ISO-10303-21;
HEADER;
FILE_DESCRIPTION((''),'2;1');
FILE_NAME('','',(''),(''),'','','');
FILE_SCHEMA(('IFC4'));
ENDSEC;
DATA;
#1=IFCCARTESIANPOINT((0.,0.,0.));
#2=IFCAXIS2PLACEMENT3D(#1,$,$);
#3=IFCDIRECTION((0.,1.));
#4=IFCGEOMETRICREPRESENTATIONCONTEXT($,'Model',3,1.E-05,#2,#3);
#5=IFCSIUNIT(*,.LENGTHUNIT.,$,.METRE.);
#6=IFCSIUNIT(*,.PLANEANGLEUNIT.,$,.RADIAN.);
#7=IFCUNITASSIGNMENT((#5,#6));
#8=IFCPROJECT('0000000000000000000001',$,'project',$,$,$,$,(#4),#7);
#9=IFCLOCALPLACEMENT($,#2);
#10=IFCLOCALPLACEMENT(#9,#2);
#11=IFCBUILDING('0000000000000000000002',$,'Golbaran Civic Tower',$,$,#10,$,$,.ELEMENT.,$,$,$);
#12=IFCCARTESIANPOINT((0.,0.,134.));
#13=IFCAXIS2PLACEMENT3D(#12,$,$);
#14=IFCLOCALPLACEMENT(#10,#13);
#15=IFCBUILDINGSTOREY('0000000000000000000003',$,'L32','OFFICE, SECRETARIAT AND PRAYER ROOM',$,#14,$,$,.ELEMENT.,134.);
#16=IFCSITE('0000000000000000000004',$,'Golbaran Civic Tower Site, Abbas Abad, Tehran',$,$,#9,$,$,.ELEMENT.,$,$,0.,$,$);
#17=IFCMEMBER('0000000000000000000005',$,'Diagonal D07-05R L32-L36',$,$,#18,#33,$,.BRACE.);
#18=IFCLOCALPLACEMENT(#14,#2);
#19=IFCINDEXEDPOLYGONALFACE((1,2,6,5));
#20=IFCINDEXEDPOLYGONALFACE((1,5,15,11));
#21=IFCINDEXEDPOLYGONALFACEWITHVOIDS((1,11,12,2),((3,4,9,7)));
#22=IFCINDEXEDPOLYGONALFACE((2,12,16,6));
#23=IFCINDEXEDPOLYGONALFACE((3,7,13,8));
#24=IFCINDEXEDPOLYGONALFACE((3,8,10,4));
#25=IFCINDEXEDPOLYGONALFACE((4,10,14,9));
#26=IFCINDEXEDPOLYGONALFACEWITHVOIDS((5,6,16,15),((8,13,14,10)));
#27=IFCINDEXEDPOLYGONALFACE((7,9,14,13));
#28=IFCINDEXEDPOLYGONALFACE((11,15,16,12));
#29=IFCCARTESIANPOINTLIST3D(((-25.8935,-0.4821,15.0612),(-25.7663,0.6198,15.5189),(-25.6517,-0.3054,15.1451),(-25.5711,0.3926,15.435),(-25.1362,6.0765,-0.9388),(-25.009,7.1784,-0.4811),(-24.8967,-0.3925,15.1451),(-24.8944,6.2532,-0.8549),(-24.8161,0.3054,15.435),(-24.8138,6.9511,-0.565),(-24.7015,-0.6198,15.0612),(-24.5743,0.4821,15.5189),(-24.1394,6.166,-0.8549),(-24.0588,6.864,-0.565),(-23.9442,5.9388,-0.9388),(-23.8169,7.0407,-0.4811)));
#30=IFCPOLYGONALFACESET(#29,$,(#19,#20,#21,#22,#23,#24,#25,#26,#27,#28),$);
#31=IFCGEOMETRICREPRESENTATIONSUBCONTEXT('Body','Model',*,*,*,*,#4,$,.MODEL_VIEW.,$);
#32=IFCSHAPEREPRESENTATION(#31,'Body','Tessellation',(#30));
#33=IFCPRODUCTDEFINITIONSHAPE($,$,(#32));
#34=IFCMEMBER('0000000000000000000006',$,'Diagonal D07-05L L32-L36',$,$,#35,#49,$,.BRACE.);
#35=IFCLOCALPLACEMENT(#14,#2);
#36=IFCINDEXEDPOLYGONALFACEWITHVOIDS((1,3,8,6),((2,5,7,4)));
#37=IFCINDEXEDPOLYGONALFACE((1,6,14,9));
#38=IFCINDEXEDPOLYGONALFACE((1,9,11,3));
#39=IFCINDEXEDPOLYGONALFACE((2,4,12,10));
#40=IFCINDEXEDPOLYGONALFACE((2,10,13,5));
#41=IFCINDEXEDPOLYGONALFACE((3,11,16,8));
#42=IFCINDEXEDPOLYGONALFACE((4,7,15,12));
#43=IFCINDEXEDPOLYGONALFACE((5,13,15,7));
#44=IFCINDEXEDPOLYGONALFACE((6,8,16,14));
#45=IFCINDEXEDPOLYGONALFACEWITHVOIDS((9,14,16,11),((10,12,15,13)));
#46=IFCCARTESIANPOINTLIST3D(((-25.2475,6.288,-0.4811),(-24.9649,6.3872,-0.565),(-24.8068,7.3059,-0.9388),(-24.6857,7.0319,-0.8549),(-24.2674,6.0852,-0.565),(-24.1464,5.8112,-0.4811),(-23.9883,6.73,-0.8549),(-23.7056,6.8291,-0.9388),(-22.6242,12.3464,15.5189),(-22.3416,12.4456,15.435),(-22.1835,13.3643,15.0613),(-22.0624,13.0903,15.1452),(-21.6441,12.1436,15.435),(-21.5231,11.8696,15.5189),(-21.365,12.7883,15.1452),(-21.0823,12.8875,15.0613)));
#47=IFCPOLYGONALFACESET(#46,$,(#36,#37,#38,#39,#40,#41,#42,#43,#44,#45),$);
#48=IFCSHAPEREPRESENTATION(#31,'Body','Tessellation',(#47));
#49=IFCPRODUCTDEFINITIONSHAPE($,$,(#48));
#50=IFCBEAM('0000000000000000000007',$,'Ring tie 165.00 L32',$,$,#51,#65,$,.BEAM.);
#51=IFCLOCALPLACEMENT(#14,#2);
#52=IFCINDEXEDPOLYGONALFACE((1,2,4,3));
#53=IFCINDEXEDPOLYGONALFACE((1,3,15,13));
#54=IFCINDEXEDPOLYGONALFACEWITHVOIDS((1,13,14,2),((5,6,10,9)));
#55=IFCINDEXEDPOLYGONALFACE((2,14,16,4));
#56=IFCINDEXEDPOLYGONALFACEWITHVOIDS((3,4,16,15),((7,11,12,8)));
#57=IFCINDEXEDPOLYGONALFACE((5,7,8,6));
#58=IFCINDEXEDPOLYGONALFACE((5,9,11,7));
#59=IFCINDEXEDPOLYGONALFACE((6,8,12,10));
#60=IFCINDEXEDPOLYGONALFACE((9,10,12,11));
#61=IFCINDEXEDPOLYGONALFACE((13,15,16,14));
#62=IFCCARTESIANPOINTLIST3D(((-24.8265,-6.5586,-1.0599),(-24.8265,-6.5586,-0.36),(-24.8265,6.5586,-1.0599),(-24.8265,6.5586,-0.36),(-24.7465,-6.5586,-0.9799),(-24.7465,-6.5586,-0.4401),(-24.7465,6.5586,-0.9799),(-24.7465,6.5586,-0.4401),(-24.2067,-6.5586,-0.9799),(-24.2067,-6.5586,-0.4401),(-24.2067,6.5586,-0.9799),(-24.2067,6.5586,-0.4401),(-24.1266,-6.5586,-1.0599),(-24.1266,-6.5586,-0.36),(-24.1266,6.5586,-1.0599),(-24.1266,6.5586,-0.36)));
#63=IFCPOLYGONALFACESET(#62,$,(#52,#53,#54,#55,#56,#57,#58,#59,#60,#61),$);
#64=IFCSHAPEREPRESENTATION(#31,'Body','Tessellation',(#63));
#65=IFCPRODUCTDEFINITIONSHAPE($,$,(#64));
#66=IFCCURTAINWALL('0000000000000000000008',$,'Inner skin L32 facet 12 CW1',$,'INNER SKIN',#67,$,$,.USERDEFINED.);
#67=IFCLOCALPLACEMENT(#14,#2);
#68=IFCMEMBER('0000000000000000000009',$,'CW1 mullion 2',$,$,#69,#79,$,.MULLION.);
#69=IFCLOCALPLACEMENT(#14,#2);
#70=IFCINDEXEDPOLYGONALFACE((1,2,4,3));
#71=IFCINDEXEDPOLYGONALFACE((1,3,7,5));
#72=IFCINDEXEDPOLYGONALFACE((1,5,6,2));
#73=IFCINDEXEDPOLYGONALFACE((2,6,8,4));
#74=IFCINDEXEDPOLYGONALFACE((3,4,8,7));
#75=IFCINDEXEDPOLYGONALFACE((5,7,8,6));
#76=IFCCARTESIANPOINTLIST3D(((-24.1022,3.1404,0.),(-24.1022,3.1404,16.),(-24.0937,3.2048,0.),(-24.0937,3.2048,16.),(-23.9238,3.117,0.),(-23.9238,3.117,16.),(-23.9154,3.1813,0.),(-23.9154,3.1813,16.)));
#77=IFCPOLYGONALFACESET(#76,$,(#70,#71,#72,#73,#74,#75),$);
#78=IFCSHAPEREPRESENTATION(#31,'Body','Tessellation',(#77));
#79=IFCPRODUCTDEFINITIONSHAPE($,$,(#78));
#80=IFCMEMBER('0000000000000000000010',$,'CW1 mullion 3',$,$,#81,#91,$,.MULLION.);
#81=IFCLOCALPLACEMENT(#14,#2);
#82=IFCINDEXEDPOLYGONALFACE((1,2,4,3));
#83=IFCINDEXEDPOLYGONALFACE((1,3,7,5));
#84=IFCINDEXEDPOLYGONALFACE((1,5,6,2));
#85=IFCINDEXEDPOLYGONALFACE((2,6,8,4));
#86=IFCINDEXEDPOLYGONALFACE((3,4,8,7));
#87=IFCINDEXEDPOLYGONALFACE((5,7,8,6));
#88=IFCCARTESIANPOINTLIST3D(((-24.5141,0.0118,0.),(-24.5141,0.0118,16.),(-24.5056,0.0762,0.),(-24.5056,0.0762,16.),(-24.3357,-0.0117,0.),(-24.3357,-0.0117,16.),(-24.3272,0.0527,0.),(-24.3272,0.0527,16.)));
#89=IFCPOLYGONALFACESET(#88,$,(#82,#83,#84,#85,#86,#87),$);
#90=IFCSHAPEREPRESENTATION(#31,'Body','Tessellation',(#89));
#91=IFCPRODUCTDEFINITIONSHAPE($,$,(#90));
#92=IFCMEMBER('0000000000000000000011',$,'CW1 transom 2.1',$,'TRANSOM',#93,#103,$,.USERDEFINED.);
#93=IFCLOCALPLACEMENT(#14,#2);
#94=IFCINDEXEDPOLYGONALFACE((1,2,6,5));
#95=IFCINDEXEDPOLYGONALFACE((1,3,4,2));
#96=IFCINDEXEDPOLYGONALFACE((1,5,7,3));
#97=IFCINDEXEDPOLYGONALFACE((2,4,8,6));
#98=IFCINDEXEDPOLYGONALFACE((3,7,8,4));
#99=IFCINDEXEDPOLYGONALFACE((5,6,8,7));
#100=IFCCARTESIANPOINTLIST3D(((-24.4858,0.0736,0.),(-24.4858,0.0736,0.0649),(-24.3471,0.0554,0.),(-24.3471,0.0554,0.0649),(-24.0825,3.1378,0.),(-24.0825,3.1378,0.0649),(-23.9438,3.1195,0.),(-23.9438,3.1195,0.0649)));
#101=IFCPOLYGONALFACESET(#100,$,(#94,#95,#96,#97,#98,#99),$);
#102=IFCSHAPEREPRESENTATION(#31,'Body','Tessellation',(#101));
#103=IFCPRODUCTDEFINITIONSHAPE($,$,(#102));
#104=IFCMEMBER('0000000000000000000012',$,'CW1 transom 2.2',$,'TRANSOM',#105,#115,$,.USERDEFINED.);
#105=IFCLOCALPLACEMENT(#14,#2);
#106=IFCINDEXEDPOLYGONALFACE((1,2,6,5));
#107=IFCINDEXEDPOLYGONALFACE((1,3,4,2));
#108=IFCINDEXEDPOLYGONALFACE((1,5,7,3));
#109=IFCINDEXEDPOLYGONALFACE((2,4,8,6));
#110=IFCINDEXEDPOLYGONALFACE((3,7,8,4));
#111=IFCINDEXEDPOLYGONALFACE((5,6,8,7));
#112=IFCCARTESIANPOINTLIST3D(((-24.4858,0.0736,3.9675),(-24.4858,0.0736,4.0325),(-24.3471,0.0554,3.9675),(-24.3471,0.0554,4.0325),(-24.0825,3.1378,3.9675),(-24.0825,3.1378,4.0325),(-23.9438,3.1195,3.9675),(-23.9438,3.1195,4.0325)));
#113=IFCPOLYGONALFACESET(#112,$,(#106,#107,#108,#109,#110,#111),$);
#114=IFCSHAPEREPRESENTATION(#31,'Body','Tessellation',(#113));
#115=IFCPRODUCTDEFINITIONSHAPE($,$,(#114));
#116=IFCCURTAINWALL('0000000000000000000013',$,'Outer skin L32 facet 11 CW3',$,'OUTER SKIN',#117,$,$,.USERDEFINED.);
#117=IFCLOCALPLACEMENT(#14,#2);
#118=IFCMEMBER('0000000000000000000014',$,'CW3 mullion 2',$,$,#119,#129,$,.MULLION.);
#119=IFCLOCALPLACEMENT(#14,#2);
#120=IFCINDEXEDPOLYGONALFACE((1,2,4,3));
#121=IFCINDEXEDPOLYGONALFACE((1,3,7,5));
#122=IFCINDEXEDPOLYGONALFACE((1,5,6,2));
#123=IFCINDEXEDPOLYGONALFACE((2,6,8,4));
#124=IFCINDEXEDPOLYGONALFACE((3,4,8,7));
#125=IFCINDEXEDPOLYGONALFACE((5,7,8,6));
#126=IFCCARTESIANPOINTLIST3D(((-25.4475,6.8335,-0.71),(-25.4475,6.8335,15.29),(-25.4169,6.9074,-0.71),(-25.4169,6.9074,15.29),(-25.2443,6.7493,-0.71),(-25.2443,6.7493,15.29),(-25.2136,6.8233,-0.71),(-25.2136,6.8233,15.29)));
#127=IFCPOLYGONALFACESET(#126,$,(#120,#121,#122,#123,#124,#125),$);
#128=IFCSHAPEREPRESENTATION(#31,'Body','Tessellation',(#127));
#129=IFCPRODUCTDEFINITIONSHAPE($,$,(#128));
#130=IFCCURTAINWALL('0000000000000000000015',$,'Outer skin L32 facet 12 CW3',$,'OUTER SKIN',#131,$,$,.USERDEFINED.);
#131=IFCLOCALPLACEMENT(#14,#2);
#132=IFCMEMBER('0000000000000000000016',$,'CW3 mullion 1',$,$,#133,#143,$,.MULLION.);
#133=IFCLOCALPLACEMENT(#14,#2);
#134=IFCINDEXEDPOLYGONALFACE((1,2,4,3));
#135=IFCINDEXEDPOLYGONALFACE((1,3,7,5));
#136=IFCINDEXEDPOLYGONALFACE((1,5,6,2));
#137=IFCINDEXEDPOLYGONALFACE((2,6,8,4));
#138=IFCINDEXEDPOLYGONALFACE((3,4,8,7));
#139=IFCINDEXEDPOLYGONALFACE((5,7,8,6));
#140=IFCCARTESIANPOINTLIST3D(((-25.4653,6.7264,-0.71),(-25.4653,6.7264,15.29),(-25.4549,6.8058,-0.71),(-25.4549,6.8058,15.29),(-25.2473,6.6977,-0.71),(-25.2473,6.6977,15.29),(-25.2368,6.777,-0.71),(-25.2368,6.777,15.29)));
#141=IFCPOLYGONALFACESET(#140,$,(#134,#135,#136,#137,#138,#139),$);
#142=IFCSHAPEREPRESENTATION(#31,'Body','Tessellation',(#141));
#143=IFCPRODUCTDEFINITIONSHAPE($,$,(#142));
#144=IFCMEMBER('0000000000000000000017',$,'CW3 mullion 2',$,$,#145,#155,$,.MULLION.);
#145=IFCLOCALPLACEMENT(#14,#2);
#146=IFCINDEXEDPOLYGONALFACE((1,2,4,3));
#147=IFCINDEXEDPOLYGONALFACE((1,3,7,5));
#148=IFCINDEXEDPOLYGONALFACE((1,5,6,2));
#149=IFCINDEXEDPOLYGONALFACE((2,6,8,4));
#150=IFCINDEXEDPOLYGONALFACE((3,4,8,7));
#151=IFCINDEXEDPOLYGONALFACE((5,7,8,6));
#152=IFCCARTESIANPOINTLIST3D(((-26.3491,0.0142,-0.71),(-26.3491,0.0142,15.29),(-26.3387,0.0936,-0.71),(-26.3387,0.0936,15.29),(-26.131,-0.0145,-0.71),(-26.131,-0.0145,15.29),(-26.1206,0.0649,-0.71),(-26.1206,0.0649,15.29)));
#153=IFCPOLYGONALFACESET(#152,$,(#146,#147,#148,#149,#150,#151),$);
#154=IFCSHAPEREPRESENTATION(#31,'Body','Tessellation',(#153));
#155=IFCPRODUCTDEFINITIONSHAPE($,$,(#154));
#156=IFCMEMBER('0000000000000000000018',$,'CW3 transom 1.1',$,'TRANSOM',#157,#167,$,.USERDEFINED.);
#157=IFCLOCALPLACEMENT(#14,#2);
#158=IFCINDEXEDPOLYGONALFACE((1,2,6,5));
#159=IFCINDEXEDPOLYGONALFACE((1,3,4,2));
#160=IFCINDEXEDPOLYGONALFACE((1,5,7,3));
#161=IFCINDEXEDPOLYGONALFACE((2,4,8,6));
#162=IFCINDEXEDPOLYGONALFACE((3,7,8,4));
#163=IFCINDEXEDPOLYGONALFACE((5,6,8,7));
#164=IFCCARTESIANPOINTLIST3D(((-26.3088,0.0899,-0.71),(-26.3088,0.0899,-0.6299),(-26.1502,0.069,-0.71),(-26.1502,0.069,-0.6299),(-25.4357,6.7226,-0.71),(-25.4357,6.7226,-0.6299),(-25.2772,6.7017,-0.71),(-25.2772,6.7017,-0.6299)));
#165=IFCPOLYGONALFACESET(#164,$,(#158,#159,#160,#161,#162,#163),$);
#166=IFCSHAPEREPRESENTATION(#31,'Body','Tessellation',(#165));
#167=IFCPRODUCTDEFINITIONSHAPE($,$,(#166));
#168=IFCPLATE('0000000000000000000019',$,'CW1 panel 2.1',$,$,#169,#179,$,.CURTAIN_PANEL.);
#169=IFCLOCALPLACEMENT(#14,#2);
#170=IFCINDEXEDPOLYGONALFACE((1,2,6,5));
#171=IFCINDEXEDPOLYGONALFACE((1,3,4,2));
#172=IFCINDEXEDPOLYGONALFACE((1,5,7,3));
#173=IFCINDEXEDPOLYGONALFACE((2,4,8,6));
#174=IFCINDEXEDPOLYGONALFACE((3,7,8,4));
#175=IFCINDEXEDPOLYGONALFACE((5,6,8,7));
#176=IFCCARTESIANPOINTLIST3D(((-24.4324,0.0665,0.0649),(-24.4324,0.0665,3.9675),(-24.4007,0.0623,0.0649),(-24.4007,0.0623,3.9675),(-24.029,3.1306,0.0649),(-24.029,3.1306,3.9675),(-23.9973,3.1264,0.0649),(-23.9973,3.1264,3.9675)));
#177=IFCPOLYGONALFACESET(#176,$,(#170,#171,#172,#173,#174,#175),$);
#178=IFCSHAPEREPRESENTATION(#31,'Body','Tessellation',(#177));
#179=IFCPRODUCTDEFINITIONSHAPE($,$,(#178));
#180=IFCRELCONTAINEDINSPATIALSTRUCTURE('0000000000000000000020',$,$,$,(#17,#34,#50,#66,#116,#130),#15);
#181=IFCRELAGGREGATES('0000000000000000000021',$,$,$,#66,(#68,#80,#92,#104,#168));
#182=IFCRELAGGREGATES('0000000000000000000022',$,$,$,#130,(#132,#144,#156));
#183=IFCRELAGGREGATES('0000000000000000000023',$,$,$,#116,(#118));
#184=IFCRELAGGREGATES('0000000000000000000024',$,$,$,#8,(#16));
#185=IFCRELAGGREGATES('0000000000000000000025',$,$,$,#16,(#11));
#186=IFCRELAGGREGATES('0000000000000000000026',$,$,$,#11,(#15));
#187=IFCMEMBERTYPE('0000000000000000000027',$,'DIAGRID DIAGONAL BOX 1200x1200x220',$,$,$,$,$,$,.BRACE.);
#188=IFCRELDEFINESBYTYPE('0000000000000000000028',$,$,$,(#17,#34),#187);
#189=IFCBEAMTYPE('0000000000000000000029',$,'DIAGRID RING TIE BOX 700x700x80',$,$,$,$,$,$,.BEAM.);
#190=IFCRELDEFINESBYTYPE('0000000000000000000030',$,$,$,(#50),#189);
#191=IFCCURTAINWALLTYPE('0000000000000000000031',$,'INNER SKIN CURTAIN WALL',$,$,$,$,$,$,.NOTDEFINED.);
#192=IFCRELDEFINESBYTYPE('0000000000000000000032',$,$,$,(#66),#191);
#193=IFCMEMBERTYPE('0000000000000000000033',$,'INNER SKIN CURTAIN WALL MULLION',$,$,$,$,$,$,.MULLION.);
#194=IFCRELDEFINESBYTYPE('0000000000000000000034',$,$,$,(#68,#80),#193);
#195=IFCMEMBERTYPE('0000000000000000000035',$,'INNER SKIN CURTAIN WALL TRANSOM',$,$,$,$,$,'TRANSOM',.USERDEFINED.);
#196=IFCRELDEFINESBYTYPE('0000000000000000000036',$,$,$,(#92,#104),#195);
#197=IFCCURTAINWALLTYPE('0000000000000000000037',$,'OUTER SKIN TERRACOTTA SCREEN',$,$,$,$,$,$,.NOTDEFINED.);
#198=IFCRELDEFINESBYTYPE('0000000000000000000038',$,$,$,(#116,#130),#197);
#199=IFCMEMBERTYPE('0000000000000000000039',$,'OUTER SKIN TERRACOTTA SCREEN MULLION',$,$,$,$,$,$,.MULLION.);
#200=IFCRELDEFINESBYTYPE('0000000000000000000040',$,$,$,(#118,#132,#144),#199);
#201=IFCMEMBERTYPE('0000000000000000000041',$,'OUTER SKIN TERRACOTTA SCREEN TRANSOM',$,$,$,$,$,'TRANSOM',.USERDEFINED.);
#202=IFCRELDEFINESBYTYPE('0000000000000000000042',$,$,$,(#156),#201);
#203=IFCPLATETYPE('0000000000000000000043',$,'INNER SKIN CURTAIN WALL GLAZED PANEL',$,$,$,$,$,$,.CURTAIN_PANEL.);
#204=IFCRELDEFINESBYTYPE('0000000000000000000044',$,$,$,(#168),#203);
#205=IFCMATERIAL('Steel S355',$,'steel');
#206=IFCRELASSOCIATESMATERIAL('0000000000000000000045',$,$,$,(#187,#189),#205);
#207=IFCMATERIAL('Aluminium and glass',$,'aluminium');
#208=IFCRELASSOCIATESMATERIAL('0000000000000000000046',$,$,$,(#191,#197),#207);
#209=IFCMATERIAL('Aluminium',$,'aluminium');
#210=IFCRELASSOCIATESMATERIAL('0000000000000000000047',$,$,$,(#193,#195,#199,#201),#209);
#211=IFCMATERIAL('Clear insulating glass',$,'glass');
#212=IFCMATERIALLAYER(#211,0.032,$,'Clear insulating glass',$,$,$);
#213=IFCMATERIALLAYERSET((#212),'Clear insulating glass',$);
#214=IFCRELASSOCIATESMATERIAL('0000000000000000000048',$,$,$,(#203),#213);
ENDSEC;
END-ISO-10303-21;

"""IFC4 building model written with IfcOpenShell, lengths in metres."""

from ifc_helpers import new_model, si_unit, direction, frame, origin, origin_2d, place, context, subcontext, project, spatial, rectangle, hollow_rectangle, extrude, material, layer, layer_set, material_profile, profile_set, type_object, element, aggregate, save


model = new_model("IFC4")

# Units and contexts
model_context = context("Model", 3, precision=1e-05, world=origin(), true_north=direction((0.0, 1.0)))
body_context = subcontext(model_context, "Body", "Model", "MODEL_VIEW")
ifc_project = project(units=[si_unit("LENGTHUNIT", "METRE"), si_unit("PLANEANGLEUNIT", "RADIAN")], contexts=[model_context])

# Site, building, storey
site_placement = place(None, origin())
site = spatial("IfcSite", under=ifc_project, at=site_placement, Name="Golbaran Civic Tower Site, Abbas Abad, Tehran", CompositionType="ELEMENT", RefElevation=0.0)
building_placement = place(site_placement, origin())
building = spatial("IfcBuilding", under=site, at=building_placement, Name="Golbaran Civic Tower", CompositionType="ELEMENT")
storey_placement = place(building_placement, frame((0.0, 0.0, 134.0)))
storey = spatial("IfcBuildingStorey", under=building, at=storey_placement, Name="L32", Description="OFFICE, SECRETARIAT AND PRAYER ROOM", CompositionType="ELEMENT", Elevation=134.0)

# Members
ifc_material_1 = material(Name="Steel S355", Category="steel")
ifc_material_profile_1 = material_profile(ifc_material_1, hollow_rectangle(XDim=1.2, YDim=1.2, WallThickness=0.22, at=origin_2d()), Name="BOX 1200x1200x220")
ifc_profile_set_1 = profile_set([ifc_material_profile_1], Name="Steel S355")
member_type_1 = type_object("IfcMemberType", Name="DIAGRID DIAGONAL BOX 1200x1200x220", PredefinedType="BRACE", material=ifc_profile_set_1)
for number, where, z_axis, x_axis, name in (
    (1, (-24.4766, 6.5586, -0.71), (-0.043754, -0.37892, 0.924394), (0.993399, -0.114708, 0.0), "Diagonal D07-05R L32-L36"),
    (2, (-24.4766, 6.5586, -0.71), (0.151561, 0.350021, 0.9244), (-0.917666, 0.397353, 0.0), "Diagonal D07-05L L32-L36"),
):
    element("IfcMember", number, at=place(storey_placement, frame(where, z_axis=z_axis, x_axis=x_axis)), inside=storey, type_object=member_type_1, Name=name, PredefinedType="BRACE", context=body_context, shape_type="SweptSolid", body=[
        extrude(hollow_rectangle(XDim=1.2, YDim=1.2, WallThickness=0.22, at=origin_2d()), origin(), (0.0, 0.0, 1.0), 17.3086),
    ])

# Beam
ifc_material_profile_2 = material_profile(ifc_material_1, hollow_rectangle(XDim=0.7, YDim=0.7, WallThickness=0.0801, at=origin_2d()), Name="BOX 700x700x80")
ifc_profile_set_2 = profile_set([ifc_material_profile_2], Name="Steel S355")
beam_type = type_object("IfcBeamType", Name="DIAGRID RING TIE BOX 700x700x80", PredefinedType="BEAM", material=ifc_profile_set_2)
beam_placement = place(storey_placement, frame((-24.4766, 6.5586, -0.71), z_axis=(0.0, -1.0, 0.0), x_axis=(1.0, 0.0, 0.0)))
element("IfcBeam", 3, at=beam_placement, inside=storey, type_object=beam_type, Name="Ring tie 165.00 L32", PredefinedType="BEAM", context=body_context, shape_type="SweptSolid", body=[
    extrude(hollow_rectangle(XDim=0.7, YDim=0.7, WallThickness=0.0801, at=origin_2d()), origin(), (0.0, 0.0, 1.0), 13.1172),
])

# Curtain wall, members
ifc_material_2 = material(Name="Aluminium and glass", Category="aluminium")
curtain_wall_type_1 = type_object("IfcCurtainWallType", Name="INNER SKIN CURTAIN WALL", PredefinedType="NOTDEFINED", material=ifc_material_2)
curtain_wall_1_placement = place(storey_placement, origin())
curtain_wall_1 = element("IfcCurtainWall", 4, at=curtain_wall_1_placement, inside=storey, type_object=curtain_wall_type_1, Name="Inner skin L32 facet 12 CW1", ObjectType="INNER SKIN", PredefinedType="USERDEFINED")
ifc_material_3 = material(Name="Aluminium", Category="aluminium")
ifc_material_profile_3 = material_profile(ifc_material_3, rectangle(XDim=0.1799, YDim=0.0649, at=origin_2d()), Name="INNER SKIN CURTAIN WALL MULLION")
ifc_profile_set_3 = profile_set([ifc_material_profile_3], Name="Aluminium")
member_type_2 = type_object("IfcMemberType", Name="INNER SKIN CURTAIN WALL MULLION", PredefinedType="MULLION", material=ifc_profile_set_3)
member_1_placement = place(storey_placement, frame((-24.0088, 3.1609, 0.0), z_axis=(0.0, 0.0, 1.0), x_axis=(0.991445, -0.130526, 0.0)))
member_1 = element("IfcMember", 5, at=member_1_placement, type_object=member_type_2, Name="CW1 mullion 2", PredefinedType="MULLION", context=body_context, shape_type="SweptSolid", body=[
    extrude(rectangle(XDim=0.1799, YDim=0.0649, at=origin_2d()), origin(), (0.0, 0.0, 1.0), 16.0),
])
member_2_placement = place(storey_placement, frame((-24.4207, 0.0322, 0.0), z_axis=(0.0, 0.0, 1.0), x_axis=(0.991445, -0.130526, 0.0)))
member_2 = element("IfcMember", 6, at=member_2_placement, type_object=member_type_2, Name="CW1 mullion 3", PredefinedType="MULLION", context=body_context, shape_type="SweptSolid", body=[
    extrude(rectangle(XDim=0.1799, YDim=0.0649, at=origin_2d()), origin(), (0.0, 0.0, 1.0), 16.0),
])
ifc_material_profile_4 = material_profile(ifc_material_3, rectangle(XDim=0.1399, YDim=0.0649, at=origin_2d()), Name="INNER SKIN CURTAIN WALL TRANSOM")
ifc_profile_set_4 = profile_set([ifc_material_profile_4], Name="Aluminium")
member_type_3 = type_object("IfcMemberType", Name="INNER SKIN CURTAIN WALL TRANSOM", ElementType="TRANSOM", PredefinedType="USERDEFINED", material=ifc_profile_set_4)
member_3_placement = place(storey_placement, frame((-24.0132, 3.1287, 0.0325), z_axis=(-0.130497, -0.991449, 0.0), x_axis=(0.991449, -0.130497, 0.0)))
member_3 = element("IfcMember", 7, at=member_3_placement, type_object=member_type_3, Name="CW1 transom 2.1", ObjectType="TRANSOM", PredefinedType="USERDEFINED", context=body_context, shape_type="SweptSolid", body=[
    extrude(rectangle(XDim=0.1399, YDim=0.0649, at=origin_2d()), origin(), (0.0, 0.0, 1.0), 3.0906),
])
member_4_placement = place(storey_placement, frame((-24.0132, 3.1287, 4.0), z_axis=(-0.130497, -0.991449, 0.0), x_axis=(0.991449, -0.130497, 0.0)))
member_4 = element("IfcMember", 8, at=member_4_placement, type_object=member_type_3, Name="CW1 transom 2.2", ObjectType="TRANSOM", PredefinedType="USERDEFINED", context=body_context, shape_type="SweptSolid", body=[
    extrude(rectangle(XDim=0.1399, YDim=0.0649, at=origin_2d()), origin(), (0.0, 0.0, 1.0), 3.0906),
])

# Curtain wall, member
curtain_wall_type_2 = type_object("IfcCurtainWallType", Name="OUTER SKIN TERRACOTTA SCREEN", PredefinedType="NOTDEFINED", material=ifc_material_2)
curtain_wall_2_placement = place(storey_placement, origin())
curtain_wall_2 = element("IfcCurtainWall", 9, at=curtain_wall_2_placement, inside=storey, type_object=curtain_wall_type_2, Name="Outer skin L32 facet 11 CW3", ObjectType="OUTER SKIN", PredefinedType="USERDEFINED")
ifc_material_profile_5 = material_profile(ifc_material_3, rectangle(XDim=0.22, YDim=0.0801, at=origin_2d()), Name="OUTER SKIN TERRACOTTA SCREEN MULLION")
ifc_profile_set_5 = profile_set([ifc_material_profile_5], Name="Aluminium")
member_type_4 = type_object("IfcMemberType", Name="OUTER SKIN TERRACOTTA SCREEN MULLION", PredefinedType="MULLION", material=ifc_profile_set_5)
member_5_placement = place(storey_placement, frame((-25.3306, 6.8284, -0.71), z_axis=(0.0, 0.0, 1.0), x_axis=(0.92388, -0.382683, 0.0)))
member_5 = element("IfcMember", 10, at=member_5_placement, type_object=member_type_4, Name="CW3 mullion 2", PredefinedType="MULLION", context=body_context, shape_type="SweptSolid", body=[
    extrude(rectangle(XDim=0.22, YDim=0.0801, at=origin_2d()), origin(), (0.0, 0.0, 1.0), 16.0),
])

# Curtain wall, members
curtain_wall_3_placement = place(storey_placement, origin())
curtain_wall_3 = element("IfcCurtainWall", 11, at=curtain_wall_3_placement, inside=storey, type_object=curtain_wall_type_2, Name="Outer skin L32 facet 12 CW3", ObjectType="OUTER SKIN", PredefinedType="USERDEFINED")
member_6_placement = place(storey_placement, frame((-25.3511, 6.7517, -0.71), z_axis=(0.0, 0.0, 1.0), x_axis=(0.991445, -0.130526, 0.0)))
member_6 = element("IfcMember", 12, at=member_6_placement, type_object=member_type_4, Name="CW3 mullion 1", PredefinedType="MULLION", context=body_context, shape_type="SweptSolid", body=[
    extrude(rectangle(XDim=0.22, YDim=0.0801, at=origin_2d()), origin(), (0.0, 0.0, 1.0), 16.0),
])
member_7_placement = place(storey_placement, frame((-26.2349, 0.0396, -0.71), z_axis=(0.0, 0.0, 1.0), x_axis=(0.991445, -0.130526, 0.0)))
member_7 = element("IfcMember", 13, at=member_7_placement, type_object=member_type_4, Name="CW3 mullion 2", PredefinedType="MULLION", context=body_context, shape_type="SweptSolid", body=[
    extrude(rectangle(XDim=0.22, YDim=0.0801, at=origin_2d()), origin(), (0.0, 0.0, 1.0), 16.0),
])
ifc_material_profile_6 = material_profile(ifc_material_3, rectangle(XDim=0.1599, YDim=0.0801, at=origin_2d()), Name="OUTER SKIN TERRACOTTA SCREEN TRANSOM")
ifc_profile_set_6 = profile_set([ifc_material_profile_6], Name="Aluminium")
member_type_5 = type_object("IfcMemberType", Name="OUTER SKIN TERRACOTTA SCREEN TRANSOM", ElementType="TRANSOM", PredefinedType="USERDEFINED", material=ifc_profile_set_6)
member_8_placement = place(storey_placement, frame((-25.3564, 6.7122, -0.6699), z_axis=(-0.1305, -0.991448, 0.0), x_axis=(0.991448, -0.1305, 0.0)))
member_8 = element("IfcMember", 14, at=member_8_placement, type_object=member_type_5, Name="CW3 transom 1.1", ObjectType="TRANSOM", PredefinedType="USERDEFINED", context=body_context, shape_type="SweptSolid", body=[
    extrude(rectangle(XDim=0.1599, YDim=0.0801, at=origin_2d()), origin(), (0.0, 0.0, 1.0), 6.6899),
])

# Plate
ifc_material_4 = material(Name="Clear insulating glass", Category="glass")
ifc_layer_1 = layer(ifc_material_4, 0.032, Name="Clear insulating glass")
ifc_layer_set_1 = layer_set([ifc_layer_1], Name="Clear insulating glass")
plate_type_1 = type_object("IfcPlateType", Name="INNER SKIN CURTAIN WALL GLAZED PANEL", PredefinedType="CURTAIN_PANEL", material=ifc_layer_set_1)
plate_1_placement = place(storey_placement, frame((-24.2148, 1.5964, 0.0649), z_axis=(0.0, 0.0, 1.0), x_axis=(-0.130526, -0.991445, 0.0)))
plate_1 = element("IfcPlate", 15, at=plate_1_placement, type_object=plate_type_1, Name="CW1 panel 2.1", PredefinedType="CURTAIN_PANEL", context=body_context, shape_type="SweptSolid", body=[
    extrude(rectangle(XDim=3.0906, YDim=0.032, at=origin_2d()), origin(), (0.0, 0.0, 1.0), 3.9026),
])
aggregate(curtain_wall_1, [member_1, member_2, member_3, member_4, plate_1])
aggregate(curtain_wall_3, [member_6, member_7, member_8])
aggregate(curtain_wall_2, [member_5])

save(model, "model.ifc")
